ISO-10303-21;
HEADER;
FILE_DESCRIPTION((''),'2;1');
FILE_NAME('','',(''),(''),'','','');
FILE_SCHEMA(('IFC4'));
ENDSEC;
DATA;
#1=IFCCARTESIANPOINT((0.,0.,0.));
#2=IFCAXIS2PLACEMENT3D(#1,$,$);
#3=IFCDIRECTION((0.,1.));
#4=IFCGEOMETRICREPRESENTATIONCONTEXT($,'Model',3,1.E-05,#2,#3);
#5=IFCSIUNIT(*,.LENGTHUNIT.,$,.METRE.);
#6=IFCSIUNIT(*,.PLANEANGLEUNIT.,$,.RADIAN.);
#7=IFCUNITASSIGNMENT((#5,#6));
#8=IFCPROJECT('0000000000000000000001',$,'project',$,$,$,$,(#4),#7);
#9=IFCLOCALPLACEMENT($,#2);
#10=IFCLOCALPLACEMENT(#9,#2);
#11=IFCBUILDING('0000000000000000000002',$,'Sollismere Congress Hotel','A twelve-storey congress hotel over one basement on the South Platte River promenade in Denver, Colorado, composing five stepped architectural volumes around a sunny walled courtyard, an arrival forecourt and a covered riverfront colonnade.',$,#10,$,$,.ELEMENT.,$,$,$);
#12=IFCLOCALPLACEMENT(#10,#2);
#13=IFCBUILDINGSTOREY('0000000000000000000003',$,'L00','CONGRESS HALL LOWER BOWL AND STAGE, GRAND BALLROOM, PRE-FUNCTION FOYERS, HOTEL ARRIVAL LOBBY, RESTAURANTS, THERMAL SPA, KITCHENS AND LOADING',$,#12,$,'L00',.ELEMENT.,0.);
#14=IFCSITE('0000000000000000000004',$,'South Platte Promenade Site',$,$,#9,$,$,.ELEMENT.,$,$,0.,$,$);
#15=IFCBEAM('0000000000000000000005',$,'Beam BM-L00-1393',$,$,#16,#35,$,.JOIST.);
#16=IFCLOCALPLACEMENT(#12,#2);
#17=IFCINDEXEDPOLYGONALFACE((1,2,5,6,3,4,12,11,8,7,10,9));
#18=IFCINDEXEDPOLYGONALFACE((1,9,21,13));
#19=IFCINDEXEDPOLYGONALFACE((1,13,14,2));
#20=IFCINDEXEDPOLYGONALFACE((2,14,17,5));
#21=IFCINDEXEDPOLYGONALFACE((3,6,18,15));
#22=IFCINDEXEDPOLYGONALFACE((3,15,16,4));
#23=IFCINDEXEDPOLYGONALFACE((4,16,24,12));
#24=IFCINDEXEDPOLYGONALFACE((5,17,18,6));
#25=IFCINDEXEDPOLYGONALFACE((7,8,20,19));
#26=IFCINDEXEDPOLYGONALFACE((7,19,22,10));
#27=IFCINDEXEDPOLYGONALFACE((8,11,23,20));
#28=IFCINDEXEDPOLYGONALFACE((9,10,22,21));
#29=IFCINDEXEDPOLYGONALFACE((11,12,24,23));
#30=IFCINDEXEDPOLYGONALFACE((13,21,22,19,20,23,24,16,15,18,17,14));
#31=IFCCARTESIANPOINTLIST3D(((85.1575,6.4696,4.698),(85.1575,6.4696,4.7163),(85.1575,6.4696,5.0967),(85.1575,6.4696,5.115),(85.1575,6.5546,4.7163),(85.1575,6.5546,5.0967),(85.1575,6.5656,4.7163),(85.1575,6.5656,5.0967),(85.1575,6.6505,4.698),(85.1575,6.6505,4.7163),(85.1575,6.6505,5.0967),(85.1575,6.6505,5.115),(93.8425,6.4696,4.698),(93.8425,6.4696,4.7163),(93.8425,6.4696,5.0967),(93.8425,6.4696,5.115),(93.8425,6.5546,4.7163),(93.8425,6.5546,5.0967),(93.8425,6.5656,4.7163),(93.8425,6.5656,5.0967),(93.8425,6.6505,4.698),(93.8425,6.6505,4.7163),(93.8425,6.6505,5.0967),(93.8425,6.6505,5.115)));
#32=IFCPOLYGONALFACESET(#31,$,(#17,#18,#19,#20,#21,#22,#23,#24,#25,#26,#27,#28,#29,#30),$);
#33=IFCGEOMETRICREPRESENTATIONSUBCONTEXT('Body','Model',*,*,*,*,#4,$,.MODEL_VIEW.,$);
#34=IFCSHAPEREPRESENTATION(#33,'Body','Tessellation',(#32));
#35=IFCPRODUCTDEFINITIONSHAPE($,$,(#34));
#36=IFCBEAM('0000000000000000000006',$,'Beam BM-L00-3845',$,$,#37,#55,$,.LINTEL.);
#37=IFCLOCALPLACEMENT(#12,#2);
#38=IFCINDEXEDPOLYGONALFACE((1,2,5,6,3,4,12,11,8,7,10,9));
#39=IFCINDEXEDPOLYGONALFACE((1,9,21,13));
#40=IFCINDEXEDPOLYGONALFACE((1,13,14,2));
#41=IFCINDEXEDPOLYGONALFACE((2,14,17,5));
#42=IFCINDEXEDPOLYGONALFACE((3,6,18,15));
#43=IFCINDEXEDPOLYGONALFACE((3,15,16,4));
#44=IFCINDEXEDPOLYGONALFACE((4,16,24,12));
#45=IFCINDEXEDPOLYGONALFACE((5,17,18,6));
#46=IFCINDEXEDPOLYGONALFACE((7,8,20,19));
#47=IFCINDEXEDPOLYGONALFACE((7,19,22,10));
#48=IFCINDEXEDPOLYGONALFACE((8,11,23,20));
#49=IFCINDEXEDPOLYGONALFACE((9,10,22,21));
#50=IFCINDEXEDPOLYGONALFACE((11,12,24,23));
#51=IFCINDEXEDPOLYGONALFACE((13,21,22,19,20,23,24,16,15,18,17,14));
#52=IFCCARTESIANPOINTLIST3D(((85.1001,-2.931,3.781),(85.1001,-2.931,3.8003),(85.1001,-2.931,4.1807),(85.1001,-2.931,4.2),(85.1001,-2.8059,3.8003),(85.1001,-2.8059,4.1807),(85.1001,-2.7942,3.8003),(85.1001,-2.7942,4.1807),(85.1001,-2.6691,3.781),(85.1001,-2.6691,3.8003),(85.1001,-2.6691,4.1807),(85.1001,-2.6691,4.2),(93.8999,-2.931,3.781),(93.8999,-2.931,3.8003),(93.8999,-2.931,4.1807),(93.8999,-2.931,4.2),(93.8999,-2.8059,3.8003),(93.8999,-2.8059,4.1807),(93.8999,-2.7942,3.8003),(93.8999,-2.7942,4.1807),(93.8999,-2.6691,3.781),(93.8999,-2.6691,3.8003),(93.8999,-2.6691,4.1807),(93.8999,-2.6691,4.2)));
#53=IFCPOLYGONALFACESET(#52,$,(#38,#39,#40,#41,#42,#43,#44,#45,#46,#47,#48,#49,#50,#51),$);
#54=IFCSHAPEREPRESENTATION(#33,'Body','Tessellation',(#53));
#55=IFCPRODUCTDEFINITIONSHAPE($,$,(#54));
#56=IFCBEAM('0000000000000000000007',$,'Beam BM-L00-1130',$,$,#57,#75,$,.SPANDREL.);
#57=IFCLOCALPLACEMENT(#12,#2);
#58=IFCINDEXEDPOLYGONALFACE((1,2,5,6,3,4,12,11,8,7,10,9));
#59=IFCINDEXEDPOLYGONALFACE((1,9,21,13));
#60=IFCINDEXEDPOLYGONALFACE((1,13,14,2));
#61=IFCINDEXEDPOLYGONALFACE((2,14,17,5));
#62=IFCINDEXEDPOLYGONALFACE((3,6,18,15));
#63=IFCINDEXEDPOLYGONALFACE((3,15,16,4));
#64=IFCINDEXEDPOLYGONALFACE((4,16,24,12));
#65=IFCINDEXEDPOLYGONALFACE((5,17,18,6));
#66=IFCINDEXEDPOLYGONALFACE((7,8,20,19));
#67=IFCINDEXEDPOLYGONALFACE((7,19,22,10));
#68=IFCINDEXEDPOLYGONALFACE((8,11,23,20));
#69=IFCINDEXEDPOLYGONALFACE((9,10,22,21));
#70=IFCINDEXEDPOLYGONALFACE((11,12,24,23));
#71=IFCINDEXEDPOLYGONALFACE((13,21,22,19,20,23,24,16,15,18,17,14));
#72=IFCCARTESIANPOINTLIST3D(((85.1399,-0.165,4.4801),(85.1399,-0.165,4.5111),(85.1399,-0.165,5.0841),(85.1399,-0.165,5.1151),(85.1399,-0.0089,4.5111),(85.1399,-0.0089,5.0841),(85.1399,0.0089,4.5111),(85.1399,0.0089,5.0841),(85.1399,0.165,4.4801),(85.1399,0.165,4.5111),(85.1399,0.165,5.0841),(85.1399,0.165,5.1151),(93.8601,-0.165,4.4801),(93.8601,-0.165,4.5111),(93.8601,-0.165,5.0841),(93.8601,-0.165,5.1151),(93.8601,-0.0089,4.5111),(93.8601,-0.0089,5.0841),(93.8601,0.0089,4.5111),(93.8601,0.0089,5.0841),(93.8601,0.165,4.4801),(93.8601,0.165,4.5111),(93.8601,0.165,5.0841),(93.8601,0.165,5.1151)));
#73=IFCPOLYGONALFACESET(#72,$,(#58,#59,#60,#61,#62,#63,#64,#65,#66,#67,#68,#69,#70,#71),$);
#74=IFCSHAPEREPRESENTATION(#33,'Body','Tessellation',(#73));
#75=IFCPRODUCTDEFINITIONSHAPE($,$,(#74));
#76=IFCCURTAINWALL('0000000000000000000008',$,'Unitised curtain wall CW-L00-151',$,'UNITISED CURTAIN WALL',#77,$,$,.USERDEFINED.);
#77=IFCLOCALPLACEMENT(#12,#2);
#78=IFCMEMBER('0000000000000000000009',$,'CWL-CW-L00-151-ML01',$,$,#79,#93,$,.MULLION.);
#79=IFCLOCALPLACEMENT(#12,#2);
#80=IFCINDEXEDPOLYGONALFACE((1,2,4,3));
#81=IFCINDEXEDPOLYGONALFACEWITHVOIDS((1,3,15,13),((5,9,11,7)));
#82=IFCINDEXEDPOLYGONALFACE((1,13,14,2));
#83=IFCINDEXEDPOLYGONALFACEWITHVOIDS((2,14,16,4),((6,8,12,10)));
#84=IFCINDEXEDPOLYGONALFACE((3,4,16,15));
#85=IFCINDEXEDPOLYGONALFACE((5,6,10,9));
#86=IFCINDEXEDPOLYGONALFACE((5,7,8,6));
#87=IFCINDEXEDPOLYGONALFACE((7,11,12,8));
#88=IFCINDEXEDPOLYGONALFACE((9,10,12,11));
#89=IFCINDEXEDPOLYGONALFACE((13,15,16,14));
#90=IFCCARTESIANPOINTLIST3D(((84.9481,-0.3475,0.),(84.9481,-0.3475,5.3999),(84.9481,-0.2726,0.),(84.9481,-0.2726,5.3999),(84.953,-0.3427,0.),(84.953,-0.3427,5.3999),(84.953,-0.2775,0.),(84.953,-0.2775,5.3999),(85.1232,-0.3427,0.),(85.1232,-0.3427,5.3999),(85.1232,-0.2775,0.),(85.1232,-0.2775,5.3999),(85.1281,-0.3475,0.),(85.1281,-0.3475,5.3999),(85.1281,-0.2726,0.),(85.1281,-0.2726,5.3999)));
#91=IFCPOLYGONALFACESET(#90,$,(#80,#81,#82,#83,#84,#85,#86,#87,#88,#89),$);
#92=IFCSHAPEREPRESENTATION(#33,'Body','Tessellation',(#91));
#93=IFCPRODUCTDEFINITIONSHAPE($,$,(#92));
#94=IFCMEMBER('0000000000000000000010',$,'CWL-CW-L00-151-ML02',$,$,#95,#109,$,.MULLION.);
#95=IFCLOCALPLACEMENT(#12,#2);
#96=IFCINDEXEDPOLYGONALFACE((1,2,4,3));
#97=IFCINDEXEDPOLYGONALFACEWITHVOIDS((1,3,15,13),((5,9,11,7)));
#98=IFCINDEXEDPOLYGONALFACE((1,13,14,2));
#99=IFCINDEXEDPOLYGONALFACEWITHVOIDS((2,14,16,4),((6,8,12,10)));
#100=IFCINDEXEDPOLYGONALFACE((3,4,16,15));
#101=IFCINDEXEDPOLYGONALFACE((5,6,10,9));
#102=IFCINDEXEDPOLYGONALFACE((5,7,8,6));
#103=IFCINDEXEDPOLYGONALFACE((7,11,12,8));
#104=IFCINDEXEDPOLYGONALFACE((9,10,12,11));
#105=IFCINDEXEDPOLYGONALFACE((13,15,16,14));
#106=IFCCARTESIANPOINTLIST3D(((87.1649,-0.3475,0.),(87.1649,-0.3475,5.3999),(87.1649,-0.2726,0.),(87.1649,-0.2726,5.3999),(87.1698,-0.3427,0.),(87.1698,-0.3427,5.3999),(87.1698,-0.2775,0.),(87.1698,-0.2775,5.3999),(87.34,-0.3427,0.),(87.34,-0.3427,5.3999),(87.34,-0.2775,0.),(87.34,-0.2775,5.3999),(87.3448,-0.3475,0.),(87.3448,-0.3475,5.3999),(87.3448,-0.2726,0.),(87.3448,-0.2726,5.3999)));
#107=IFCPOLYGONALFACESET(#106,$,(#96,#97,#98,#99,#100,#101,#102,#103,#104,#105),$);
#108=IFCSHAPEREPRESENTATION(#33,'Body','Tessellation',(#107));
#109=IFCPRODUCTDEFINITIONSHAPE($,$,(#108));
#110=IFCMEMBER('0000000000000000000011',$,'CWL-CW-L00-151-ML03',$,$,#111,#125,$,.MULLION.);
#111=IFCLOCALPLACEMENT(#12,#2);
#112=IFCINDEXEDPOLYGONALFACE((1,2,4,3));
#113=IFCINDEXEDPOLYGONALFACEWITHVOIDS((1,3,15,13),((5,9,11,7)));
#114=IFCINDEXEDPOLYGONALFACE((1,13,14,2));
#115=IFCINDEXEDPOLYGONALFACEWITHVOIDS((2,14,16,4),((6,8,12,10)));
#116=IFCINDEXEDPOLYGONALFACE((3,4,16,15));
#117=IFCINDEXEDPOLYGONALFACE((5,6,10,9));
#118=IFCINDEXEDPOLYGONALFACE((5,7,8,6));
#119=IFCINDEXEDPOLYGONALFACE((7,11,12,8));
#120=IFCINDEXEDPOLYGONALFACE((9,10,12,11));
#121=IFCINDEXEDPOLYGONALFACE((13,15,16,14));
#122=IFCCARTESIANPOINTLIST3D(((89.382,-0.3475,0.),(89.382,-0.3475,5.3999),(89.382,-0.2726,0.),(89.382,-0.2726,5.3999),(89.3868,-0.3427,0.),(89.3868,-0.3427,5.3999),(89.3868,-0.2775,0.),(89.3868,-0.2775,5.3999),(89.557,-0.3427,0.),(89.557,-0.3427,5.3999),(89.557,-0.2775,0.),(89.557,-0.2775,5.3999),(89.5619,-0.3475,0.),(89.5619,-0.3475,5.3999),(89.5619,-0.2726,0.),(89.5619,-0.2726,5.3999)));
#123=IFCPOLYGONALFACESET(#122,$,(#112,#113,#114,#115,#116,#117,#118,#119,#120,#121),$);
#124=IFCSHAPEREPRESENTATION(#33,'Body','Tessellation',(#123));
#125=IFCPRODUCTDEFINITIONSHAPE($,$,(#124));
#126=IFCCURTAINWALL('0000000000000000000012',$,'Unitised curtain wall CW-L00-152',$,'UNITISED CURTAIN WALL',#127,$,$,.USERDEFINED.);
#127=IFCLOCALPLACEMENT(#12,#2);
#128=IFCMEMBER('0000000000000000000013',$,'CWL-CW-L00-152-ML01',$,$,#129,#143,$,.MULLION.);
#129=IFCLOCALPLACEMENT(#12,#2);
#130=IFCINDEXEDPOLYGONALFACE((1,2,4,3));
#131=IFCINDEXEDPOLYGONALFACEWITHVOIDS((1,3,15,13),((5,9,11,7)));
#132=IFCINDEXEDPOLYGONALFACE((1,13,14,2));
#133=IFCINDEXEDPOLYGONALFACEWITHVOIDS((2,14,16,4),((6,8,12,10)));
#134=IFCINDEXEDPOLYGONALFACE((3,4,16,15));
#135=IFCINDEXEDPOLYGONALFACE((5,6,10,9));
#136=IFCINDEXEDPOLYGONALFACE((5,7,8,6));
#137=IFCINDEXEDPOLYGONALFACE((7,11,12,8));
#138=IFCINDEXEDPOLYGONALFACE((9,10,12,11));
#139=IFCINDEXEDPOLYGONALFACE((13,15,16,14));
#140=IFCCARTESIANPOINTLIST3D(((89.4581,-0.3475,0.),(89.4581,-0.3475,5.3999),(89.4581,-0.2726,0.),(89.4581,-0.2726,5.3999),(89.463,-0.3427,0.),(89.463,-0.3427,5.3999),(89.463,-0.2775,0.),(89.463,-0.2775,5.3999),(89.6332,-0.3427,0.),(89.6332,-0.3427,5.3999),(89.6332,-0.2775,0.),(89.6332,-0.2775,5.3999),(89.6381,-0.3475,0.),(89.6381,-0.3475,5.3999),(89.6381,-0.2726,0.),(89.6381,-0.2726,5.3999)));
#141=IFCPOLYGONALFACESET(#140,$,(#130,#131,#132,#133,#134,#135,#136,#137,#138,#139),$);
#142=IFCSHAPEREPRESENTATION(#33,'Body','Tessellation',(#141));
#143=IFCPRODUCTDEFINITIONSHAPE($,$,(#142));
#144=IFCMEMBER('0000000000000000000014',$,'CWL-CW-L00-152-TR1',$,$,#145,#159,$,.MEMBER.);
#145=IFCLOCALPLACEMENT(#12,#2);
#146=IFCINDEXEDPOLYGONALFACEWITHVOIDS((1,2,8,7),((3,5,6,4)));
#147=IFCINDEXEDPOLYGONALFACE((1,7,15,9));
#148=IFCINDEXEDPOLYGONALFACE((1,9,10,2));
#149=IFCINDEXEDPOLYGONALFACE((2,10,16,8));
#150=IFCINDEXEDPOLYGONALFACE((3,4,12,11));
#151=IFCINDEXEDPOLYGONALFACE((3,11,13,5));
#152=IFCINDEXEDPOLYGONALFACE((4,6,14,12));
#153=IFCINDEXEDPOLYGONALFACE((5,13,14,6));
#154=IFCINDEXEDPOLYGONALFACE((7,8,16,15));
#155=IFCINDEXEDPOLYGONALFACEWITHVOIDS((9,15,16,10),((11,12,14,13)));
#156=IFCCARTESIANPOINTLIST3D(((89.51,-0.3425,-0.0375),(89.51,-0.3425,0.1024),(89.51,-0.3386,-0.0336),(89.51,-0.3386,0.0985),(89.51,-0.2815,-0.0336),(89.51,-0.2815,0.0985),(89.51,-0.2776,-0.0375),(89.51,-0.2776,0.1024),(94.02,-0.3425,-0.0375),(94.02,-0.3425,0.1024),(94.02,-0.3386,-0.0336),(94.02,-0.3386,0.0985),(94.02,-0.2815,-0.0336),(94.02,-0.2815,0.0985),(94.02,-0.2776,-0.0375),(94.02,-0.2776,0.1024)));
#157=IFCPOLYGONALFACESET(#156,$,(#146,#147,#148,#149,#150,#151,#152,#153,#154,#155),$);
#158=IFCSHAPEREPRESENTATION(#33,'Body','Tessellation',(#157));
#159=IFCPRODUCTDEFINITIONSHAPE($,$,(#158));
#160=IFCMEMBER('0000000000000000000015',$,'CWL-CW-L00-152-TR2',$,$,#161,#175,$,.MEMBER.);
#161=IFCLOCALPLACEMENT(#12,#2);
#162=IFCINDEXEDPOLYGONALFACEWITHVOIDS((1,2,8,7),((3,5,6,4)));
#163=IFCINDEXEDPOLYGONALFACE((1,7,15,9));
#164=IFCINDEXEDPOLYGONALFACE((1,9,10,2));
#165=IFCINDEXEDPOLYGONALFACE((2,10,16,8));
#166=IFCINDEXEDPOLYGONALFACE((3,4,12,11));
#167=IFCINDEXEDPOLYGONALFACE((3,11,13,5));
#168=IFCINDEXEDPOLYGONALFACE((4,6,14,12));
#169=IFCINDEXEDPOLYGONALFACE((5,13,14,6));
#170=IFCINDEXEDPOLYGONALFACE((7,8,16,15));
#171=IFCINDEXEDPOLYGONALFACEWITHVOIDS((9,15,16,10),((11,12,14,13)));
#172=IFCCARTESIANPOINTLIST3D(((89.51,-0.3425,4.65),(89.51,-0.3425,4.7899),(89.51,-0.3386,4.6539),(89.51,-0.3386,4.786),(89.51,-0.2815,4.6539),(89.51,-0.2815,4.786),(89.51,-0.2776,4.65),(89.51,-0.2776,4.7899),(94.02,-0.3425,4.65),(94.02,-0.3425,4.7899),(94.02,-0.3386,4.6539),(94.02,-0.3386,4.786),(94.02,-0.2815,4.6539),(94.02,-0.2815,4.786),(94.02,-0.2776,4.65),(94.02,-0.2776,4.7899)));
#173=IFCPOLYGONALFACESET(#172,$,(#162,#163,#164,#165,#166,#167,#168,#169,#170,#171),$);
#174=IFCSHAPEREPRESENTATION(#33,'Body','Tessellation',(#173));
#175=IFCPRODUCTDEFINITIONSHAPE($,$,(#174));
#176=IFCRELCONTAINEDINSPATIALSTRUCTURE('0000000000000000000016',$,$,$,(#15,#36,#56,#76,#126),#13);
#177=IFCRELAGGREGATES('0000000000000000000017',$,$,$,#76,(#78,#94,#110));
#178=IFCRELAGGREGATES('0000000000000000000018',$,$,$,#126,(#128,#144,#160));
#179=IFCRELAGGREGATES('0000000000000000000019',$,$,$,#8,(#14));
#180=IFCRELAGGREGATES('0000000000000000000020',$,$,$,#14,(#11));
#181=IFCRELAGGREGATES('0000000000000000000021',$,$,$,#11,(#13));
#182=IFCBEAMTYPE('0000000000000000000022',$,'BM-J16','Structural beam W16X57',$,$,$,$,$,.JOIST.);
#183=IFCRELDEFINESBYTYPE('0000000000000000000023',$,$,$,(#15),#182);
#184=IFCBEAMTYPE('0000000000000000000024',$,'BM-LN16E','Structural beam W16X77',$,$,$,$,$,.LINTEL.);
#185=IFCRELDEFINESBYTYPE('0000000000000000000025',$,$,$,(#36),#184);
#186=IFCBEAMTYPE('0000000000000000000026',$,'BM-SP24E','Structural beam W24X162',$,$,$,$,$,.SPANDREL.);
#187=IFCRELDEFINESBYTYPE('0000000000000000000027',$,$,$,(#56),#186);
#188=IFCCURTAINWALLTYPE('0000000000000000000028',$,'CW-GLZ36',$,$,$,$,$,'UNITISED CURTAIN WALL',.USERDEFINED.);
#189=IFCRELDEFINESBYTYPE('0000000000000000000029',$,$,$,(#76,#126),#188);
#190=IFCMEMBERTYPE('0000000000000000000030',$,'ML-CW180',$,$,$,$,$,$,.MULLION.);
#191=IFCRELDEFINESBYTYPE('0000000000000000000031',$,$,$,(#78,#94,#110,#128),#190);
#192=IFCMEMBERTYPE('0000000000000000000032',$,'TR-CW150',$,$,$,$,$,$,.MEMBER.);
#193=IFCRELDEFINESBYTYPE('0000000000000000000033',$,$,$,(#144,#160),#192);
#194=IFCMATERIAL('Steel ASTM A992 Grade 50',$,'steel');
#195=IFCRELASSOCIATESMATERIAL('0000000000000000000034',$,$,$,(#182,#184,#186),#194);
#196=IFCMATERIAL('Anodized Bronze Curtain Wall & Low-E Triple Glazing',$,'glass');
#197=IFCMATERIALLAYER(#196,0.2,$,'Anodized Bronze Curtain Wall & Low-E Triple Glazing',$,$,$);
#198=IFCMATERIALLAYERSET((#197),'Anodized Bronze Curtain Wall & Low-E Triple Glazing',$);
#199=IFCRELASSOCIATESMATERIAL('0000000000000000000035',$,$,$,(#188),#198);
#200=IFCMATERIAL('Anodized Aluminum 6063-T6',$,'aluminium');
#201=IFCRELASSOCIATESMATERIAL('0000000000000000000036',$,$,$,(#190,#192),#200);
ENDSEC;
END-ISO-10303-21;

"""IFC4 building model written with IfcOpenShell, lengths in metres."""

from ifc_helpers import new_model, si_unit, direction, frame, origin, origin_2d, place, context, subcontext, project, spatial, hollow_rectangle, i_section, extrude, material, layer, layer_set, material_profile, profile_set, type_object, element, aggregate, save


model = new_model("IFC4")

# Units and contexts
model_context = context("Model", 3, precision=1e-05, world=origin(), true_north=direction((0.0, 1.0)))
body_context = subcontext(model_context, "Body", "Model", "MODEL_VIEW")
ifc_project = project(units=[si_unit("LENGTHUNIT", "METRE"), si_unit("PLANEANGLEUNIT", "RADIAN")], contexts=[model_context])

# Site, building, storey
site_placement = place(None, origin())
site = spatial("IfcSite", under=ifc_project, at=site_placement, Name="South Platte Promenade Site", CompositionType="ELEMENT", RefElevation=0.0)
building_placement = place(site_placement, origin())
building = spatial("IfcBuilding", under=site, at=building_placement, Name="Sollismere Congress Hotel", Description="A twelve-storey congress hotel over one basement on the South Platte River promenade in Denver, Colorado, composing five stepped architectural volumes around a sunny walled courtyard, an arrival forecourt and a covered riverfront colonnade.", CompositionType="ELEMENT")
storey_placement = place(building_placement, origin())
storey = spatial("IfcBuildingStorey", under=building, at=storey_placement, Name="L00", Description="CONGRESS HALL LOWER BOWL AND STAGE, GRAND BALLROOM, PRE-FUNCTION FOYERS, HOTEL ARRIVAL LOBBY, RESTAURANTS, THERMAL SPA, KITCHENS AND LOADING", LongName="L00", CompositionType="ELEMENT", Elevation=0.0)

# Shared definitions
ifc_material_1 = material(Name="Steel ASTM A992 Grade 50", Category="steel")

# Beams
ifc_material_profile_1 = material_profile(ifc_material_1, i_section(OverallWidth=0.1809, OverallDepth=0.417, WebThickness=0.011, FlangeThickness=0.0183, at=origin_2d()), Name="W16X57")
ifc_profile_set_1 = profile_set([ifc_material_profile_1], Name="Steel ASTM A992 Grade 50")
beam_type_1 = type_object("IfcBeamType", Name="BM-J16", Description="Structural beam W16X57", PredefinedType="JOIST", material=ifc_profile_set_1)
for number, where, z_axis, x_axis, name in (
    (1, (85.1575, 6.5601, 4.9065), (1.0, 0.0, 0.0), (0.0, 1.0, 0.0), "Beam BM-L00-1393"),
):
    element("IfcBeam", number, at=place(storey_placement, frame(where, z_axis=z_axis, x_axis=x_axis)), inside=storey, type_object=beam_type_1, Name=name, PredefinedType="JOIST", context=body_context, shape_type="SweptSolid", body=[
        extrude(i_section(OverallWidth=0.1809, OverallDepth=0.417, WebThickness=0.011, FlangeThickness=0.0183, at=origin_2d()), origin(), (0.0, 0.0, 1.0), 8.6851),
    ])
ifc_material_profile_2 = material_profile(ifc_material_1, i_section(OverallWidth=0.262, OverallDepth=0.4189, WebThickness=0.0117, FlangeThickness=0.0193, at=origin_2d()), Name="W16X77")
ifc_profile_set_2 = profile_set([ifc_material_profile_2], Name="Steel ASTM A992 Grade 50")
beam_type_2 = type_object("IfcBeamType", Name="BM-LN16E", Description="Structural beam W16X77", PredefinedType="LINTEL", material=ifc_profile_set_2)
beam_1_placement = place(storey_placement, frame((85.1001, -2.8, 3.9905), z_axis=(1.0, 0.0, 0.0), x_axis=(0.0, 1.0, 0.0)))
element("IfcBeam", 2, at=beam_1_placement, inside=storey, type_object=beam_type_2, Name="Beam BM-L00-3845", PredefinedType="LINTEL", context=body_context, shape_type="SweptSolid", body=[
    extrude(i_section(OverallWidth=0.262, OverallDepth=0.4189, WebThickness=0.0117, FlangeThickness=0.0193, at=origin_2d()), origin(), (0.0, 0.0, 1.0), 8.7998),
])
ifc_material_profile_3 = material_profile(ifc_material_1, i_section(OverallWidth=0.3301, OverallDepth=0.635, WebThickness=0.0178, FlangeThickness=0.031, at=origin_2d()), Name="W24X162")
ifc_profile_set_3 = profile_set([ifc_material_profile_3], Name="Steel ASTM A992 Grade 50")
beam_type_3 = type_object("IfcBeamType", Name="BM-SP24E", Description="Structural beam W24X162", PredefinedType="SPANDREL", material=ifc_profile_set_3)
beam_2_placement = place(storey_placement, frame((85.1399, 0.0, 4.7976), z_axis=(1.0, 0.0, 0.0), x_axis=(0.0, 1.0, 0.0)))
element("IfcBeam", 3, at=beam_2_placement, inside=storey, type_object=beam_type_3, Name="Beam BM-L00-1130", PredefinedType="SPANDREL", context=body_context, shape_type="SweptSolid", body=[
    extrude(i_section(OverallWidth=0.3301, OverallDepth=0.635, WebThickness=0.0178, FlangeThickness=0.031, at=origin_2d()), origin(), (0.0, 0.0, 1.0), 8.7202),
])

# Curtain walls, members
ifc_material_2 = material(Name="Anodized Bronze Curtain Wall & Low-E Triple Glazing", Category="glass")
ifc_layer_1 = layer(ifc_material_2, 0.2, Name="Anodized Bronze Curtain Wall & Low-E Triple Glazing")
ifc_layer_set_1 = layer_set([ifc_layer_1], Name="Anodized Bronze Curtain Wall & Low-E Triple Glazing")
curtain_wall_type = type_object("IfcCurtainWallType", Name="CW-GLZ36", ElementType="UNITISED CURTAIN WALL", PredefinedType="USERDEFINED", material=ifc_layer_set_1)
curtain_wall_1_placement = place(storey_placement, origin())
curtain_wall_1 = element("IfcCurtainWall", 4, at=curtain_wall_1_placement, inside=storey, type_object=curtain_wall_type, Name="Unitised curtain wall CW-L00-151", ObjectType="UNITISED CURTAIN WALL", PredefinedType="USERDEFINED")
ifc_material_3 = material(Name="Anodized Aluminum 6063-T6", Category="aluminium")
ifc_material_profile_4 = material_profile(ifc_material_3, hollow_rectangle(XDim=0.075, YDim=0.1799, WallThickness=0.0049, at=origin_2d()), Name="ALU180X75X5")
ifc_profile_set_4 = profile_set([ifc_material_profile_4], Name="Anodized Aluminum 6063-T6")
member_type_1 = type_object("IfcMemberType", Name="ML-CW180", PredefinedType="MULLION", material=ifc_profile_set_4)
member_1_placement = place(storey_placement, frame((85.0381, -0.3101, 0.0), z_axis=(0.0, 0.0, 1.0), x_axis=(0.0, 1.0, 0.0)))
member_1 = element("IfcMember", 5, at=member_1_placement, type_object=member_type_1, Name="CWL-CW-L00-151-ML01", PredefinedType="MULLION", context=body_context, shape_type="SweptSolid", body=[
    extrude(hollow_rectangle(XDim=0.075, YDim=0.1799, WallThickness=0.0049, at=origin_2d()), origin(), (0.0, 0.0, 1.0), 5.3999),
])
member_2_placement = place(storey_placement, frame((87.2549, -0.3101, 0.0), z_axis=(0.0, 0.0, 1.0), x_axis=(0.0, 1.0, 0.0)))
member_2 = element("IfcMember", 6, at=member_2_placement, type_object=member_type_1, Name="CWL-CW-L00-151-ML02", PredefinedType="MULLION", context=body_context, shape_type="SweptSolid", body=[
    extrude(hollow_rectangle(XDim=0.075, YDim=0.1799, WallThickness=0.0049, at=origin_2d()), origin(), (0.0, 0.0, 1.0), 5.3999),
])
member_3_placement = place(storey_placement, frame((89.4719, -0.3101, 0.0), z_axis=(0.0, 0.0, 1.0), x_axis=(0.0, 1.0, 0.0)))
member_3 = element("IfcMember", 7, at=member_3_placement, type_object=member_type_1, Name="CWL-CW-L00-151-ML03", PredefinedType="MULLION", context=body_context, shape_type="SweptSolid", body=[
    extrude(hollow_rectangle(XDim=0.075, YDim=0.1799, WallThickness=0.0049, at=origin_2d()), origin(), (0.0, 0.0, 1.0), 5.3999),
])
curtain_wall_2_placement = place(storey_placement, origin())
curtain_wall_2 = element("IfcCurtainWall", 8, at=curtain_wall_2_placement, inside=storey, type_object=curtain_wall_type, Name="Unitised curtain wall CW-L00-152", ObjectType="UNITISED CURTAIN WALL", PredefinedType="USERDEFINED")
member_4_placement = place(storey_placement, frame((89.5481, -0.3101, 0.0), z_axis=(0.0, 0.0, 1.0), x_axis=(0.0, 1.0, 0.0)))
member_4 = element("IfcMember", 9, at=member_4_placement, type_object=member_type_1, Name="CWL-CW-L00-152-ML01", PredefinedType="MULLION", context=body_context, shape_type="SweptSolid", body=[
    extrude(hollow_rectangle(XDim=0.075, YDim=0.1799, WallThickness=0.0049, at=origin_2d()), origin(), (0.0, 0.0, 1.0), 5.3999),
])
ifc_material_profile_5 = material_profile(ifc_material_3, hollow_rectangle(XDim=0.0649, YDim=0.1399, WallThickness=0.0039, at=origin_2d()), Name="ALU140X65X4")
ifc_profile_set_5 = profile_set([ifc_material_profile_5], Name="Anodized Aluminum 6063-T6")
member_type_2 = type_object("IfcMemberType", Name="TR-CW150", PredefinedType="MEMBER", material=ifc_profile_set_5)
member_5_placement = place(storey_placement, frame((89.51, -0.3101, 0.0325), z_axis=(1.0, 0.0, 0.0), x_axis=(0.0, 1.0, 0.0)))
member_5 = element("IfcMember", 10, at=member_5_placement, type_object=member_type_2, Name="CWL-CW-L00-152-TR1", PredefinedType="MEMBER", context=body_context, shape_type="SweptSolid", body=[
    extrude(hollow_rectangle(XDim=0.0649, YDim=0.1399, WallThickness=0.0039, at=origin_2d()), origin(), (0.0, 0.0, 1.0), 4.51),
])
member_6_placement = place(storey_placement, frame((89.51, -0.3101, 4.72), z_axis=(1.0, 0.0, 0.0), x_axis=(0.0, 1.0, 0.0)))
member_6 = element("IfcMember", 11, at=member_6_placement, type_object=member_type_2, Name="CWL-CW-L00-152-TR2", PredefinedType="MEMBER", context=body_context, shape_type="SweptSolid", body=[
    extrude(hollow_rectangle(XDim=0.0649, YDim=0.1399, WallThickness=0.0039, at=origin_2d()), origin(), (0.0, 0.0, 1.0), 4.51),
])

aggregate(curtain_wall_1, [member_1, member_2, member_3])
aggregate(curtain_wall_2, [member_4, member_5, member_6])

save(model, "model.ifc")
